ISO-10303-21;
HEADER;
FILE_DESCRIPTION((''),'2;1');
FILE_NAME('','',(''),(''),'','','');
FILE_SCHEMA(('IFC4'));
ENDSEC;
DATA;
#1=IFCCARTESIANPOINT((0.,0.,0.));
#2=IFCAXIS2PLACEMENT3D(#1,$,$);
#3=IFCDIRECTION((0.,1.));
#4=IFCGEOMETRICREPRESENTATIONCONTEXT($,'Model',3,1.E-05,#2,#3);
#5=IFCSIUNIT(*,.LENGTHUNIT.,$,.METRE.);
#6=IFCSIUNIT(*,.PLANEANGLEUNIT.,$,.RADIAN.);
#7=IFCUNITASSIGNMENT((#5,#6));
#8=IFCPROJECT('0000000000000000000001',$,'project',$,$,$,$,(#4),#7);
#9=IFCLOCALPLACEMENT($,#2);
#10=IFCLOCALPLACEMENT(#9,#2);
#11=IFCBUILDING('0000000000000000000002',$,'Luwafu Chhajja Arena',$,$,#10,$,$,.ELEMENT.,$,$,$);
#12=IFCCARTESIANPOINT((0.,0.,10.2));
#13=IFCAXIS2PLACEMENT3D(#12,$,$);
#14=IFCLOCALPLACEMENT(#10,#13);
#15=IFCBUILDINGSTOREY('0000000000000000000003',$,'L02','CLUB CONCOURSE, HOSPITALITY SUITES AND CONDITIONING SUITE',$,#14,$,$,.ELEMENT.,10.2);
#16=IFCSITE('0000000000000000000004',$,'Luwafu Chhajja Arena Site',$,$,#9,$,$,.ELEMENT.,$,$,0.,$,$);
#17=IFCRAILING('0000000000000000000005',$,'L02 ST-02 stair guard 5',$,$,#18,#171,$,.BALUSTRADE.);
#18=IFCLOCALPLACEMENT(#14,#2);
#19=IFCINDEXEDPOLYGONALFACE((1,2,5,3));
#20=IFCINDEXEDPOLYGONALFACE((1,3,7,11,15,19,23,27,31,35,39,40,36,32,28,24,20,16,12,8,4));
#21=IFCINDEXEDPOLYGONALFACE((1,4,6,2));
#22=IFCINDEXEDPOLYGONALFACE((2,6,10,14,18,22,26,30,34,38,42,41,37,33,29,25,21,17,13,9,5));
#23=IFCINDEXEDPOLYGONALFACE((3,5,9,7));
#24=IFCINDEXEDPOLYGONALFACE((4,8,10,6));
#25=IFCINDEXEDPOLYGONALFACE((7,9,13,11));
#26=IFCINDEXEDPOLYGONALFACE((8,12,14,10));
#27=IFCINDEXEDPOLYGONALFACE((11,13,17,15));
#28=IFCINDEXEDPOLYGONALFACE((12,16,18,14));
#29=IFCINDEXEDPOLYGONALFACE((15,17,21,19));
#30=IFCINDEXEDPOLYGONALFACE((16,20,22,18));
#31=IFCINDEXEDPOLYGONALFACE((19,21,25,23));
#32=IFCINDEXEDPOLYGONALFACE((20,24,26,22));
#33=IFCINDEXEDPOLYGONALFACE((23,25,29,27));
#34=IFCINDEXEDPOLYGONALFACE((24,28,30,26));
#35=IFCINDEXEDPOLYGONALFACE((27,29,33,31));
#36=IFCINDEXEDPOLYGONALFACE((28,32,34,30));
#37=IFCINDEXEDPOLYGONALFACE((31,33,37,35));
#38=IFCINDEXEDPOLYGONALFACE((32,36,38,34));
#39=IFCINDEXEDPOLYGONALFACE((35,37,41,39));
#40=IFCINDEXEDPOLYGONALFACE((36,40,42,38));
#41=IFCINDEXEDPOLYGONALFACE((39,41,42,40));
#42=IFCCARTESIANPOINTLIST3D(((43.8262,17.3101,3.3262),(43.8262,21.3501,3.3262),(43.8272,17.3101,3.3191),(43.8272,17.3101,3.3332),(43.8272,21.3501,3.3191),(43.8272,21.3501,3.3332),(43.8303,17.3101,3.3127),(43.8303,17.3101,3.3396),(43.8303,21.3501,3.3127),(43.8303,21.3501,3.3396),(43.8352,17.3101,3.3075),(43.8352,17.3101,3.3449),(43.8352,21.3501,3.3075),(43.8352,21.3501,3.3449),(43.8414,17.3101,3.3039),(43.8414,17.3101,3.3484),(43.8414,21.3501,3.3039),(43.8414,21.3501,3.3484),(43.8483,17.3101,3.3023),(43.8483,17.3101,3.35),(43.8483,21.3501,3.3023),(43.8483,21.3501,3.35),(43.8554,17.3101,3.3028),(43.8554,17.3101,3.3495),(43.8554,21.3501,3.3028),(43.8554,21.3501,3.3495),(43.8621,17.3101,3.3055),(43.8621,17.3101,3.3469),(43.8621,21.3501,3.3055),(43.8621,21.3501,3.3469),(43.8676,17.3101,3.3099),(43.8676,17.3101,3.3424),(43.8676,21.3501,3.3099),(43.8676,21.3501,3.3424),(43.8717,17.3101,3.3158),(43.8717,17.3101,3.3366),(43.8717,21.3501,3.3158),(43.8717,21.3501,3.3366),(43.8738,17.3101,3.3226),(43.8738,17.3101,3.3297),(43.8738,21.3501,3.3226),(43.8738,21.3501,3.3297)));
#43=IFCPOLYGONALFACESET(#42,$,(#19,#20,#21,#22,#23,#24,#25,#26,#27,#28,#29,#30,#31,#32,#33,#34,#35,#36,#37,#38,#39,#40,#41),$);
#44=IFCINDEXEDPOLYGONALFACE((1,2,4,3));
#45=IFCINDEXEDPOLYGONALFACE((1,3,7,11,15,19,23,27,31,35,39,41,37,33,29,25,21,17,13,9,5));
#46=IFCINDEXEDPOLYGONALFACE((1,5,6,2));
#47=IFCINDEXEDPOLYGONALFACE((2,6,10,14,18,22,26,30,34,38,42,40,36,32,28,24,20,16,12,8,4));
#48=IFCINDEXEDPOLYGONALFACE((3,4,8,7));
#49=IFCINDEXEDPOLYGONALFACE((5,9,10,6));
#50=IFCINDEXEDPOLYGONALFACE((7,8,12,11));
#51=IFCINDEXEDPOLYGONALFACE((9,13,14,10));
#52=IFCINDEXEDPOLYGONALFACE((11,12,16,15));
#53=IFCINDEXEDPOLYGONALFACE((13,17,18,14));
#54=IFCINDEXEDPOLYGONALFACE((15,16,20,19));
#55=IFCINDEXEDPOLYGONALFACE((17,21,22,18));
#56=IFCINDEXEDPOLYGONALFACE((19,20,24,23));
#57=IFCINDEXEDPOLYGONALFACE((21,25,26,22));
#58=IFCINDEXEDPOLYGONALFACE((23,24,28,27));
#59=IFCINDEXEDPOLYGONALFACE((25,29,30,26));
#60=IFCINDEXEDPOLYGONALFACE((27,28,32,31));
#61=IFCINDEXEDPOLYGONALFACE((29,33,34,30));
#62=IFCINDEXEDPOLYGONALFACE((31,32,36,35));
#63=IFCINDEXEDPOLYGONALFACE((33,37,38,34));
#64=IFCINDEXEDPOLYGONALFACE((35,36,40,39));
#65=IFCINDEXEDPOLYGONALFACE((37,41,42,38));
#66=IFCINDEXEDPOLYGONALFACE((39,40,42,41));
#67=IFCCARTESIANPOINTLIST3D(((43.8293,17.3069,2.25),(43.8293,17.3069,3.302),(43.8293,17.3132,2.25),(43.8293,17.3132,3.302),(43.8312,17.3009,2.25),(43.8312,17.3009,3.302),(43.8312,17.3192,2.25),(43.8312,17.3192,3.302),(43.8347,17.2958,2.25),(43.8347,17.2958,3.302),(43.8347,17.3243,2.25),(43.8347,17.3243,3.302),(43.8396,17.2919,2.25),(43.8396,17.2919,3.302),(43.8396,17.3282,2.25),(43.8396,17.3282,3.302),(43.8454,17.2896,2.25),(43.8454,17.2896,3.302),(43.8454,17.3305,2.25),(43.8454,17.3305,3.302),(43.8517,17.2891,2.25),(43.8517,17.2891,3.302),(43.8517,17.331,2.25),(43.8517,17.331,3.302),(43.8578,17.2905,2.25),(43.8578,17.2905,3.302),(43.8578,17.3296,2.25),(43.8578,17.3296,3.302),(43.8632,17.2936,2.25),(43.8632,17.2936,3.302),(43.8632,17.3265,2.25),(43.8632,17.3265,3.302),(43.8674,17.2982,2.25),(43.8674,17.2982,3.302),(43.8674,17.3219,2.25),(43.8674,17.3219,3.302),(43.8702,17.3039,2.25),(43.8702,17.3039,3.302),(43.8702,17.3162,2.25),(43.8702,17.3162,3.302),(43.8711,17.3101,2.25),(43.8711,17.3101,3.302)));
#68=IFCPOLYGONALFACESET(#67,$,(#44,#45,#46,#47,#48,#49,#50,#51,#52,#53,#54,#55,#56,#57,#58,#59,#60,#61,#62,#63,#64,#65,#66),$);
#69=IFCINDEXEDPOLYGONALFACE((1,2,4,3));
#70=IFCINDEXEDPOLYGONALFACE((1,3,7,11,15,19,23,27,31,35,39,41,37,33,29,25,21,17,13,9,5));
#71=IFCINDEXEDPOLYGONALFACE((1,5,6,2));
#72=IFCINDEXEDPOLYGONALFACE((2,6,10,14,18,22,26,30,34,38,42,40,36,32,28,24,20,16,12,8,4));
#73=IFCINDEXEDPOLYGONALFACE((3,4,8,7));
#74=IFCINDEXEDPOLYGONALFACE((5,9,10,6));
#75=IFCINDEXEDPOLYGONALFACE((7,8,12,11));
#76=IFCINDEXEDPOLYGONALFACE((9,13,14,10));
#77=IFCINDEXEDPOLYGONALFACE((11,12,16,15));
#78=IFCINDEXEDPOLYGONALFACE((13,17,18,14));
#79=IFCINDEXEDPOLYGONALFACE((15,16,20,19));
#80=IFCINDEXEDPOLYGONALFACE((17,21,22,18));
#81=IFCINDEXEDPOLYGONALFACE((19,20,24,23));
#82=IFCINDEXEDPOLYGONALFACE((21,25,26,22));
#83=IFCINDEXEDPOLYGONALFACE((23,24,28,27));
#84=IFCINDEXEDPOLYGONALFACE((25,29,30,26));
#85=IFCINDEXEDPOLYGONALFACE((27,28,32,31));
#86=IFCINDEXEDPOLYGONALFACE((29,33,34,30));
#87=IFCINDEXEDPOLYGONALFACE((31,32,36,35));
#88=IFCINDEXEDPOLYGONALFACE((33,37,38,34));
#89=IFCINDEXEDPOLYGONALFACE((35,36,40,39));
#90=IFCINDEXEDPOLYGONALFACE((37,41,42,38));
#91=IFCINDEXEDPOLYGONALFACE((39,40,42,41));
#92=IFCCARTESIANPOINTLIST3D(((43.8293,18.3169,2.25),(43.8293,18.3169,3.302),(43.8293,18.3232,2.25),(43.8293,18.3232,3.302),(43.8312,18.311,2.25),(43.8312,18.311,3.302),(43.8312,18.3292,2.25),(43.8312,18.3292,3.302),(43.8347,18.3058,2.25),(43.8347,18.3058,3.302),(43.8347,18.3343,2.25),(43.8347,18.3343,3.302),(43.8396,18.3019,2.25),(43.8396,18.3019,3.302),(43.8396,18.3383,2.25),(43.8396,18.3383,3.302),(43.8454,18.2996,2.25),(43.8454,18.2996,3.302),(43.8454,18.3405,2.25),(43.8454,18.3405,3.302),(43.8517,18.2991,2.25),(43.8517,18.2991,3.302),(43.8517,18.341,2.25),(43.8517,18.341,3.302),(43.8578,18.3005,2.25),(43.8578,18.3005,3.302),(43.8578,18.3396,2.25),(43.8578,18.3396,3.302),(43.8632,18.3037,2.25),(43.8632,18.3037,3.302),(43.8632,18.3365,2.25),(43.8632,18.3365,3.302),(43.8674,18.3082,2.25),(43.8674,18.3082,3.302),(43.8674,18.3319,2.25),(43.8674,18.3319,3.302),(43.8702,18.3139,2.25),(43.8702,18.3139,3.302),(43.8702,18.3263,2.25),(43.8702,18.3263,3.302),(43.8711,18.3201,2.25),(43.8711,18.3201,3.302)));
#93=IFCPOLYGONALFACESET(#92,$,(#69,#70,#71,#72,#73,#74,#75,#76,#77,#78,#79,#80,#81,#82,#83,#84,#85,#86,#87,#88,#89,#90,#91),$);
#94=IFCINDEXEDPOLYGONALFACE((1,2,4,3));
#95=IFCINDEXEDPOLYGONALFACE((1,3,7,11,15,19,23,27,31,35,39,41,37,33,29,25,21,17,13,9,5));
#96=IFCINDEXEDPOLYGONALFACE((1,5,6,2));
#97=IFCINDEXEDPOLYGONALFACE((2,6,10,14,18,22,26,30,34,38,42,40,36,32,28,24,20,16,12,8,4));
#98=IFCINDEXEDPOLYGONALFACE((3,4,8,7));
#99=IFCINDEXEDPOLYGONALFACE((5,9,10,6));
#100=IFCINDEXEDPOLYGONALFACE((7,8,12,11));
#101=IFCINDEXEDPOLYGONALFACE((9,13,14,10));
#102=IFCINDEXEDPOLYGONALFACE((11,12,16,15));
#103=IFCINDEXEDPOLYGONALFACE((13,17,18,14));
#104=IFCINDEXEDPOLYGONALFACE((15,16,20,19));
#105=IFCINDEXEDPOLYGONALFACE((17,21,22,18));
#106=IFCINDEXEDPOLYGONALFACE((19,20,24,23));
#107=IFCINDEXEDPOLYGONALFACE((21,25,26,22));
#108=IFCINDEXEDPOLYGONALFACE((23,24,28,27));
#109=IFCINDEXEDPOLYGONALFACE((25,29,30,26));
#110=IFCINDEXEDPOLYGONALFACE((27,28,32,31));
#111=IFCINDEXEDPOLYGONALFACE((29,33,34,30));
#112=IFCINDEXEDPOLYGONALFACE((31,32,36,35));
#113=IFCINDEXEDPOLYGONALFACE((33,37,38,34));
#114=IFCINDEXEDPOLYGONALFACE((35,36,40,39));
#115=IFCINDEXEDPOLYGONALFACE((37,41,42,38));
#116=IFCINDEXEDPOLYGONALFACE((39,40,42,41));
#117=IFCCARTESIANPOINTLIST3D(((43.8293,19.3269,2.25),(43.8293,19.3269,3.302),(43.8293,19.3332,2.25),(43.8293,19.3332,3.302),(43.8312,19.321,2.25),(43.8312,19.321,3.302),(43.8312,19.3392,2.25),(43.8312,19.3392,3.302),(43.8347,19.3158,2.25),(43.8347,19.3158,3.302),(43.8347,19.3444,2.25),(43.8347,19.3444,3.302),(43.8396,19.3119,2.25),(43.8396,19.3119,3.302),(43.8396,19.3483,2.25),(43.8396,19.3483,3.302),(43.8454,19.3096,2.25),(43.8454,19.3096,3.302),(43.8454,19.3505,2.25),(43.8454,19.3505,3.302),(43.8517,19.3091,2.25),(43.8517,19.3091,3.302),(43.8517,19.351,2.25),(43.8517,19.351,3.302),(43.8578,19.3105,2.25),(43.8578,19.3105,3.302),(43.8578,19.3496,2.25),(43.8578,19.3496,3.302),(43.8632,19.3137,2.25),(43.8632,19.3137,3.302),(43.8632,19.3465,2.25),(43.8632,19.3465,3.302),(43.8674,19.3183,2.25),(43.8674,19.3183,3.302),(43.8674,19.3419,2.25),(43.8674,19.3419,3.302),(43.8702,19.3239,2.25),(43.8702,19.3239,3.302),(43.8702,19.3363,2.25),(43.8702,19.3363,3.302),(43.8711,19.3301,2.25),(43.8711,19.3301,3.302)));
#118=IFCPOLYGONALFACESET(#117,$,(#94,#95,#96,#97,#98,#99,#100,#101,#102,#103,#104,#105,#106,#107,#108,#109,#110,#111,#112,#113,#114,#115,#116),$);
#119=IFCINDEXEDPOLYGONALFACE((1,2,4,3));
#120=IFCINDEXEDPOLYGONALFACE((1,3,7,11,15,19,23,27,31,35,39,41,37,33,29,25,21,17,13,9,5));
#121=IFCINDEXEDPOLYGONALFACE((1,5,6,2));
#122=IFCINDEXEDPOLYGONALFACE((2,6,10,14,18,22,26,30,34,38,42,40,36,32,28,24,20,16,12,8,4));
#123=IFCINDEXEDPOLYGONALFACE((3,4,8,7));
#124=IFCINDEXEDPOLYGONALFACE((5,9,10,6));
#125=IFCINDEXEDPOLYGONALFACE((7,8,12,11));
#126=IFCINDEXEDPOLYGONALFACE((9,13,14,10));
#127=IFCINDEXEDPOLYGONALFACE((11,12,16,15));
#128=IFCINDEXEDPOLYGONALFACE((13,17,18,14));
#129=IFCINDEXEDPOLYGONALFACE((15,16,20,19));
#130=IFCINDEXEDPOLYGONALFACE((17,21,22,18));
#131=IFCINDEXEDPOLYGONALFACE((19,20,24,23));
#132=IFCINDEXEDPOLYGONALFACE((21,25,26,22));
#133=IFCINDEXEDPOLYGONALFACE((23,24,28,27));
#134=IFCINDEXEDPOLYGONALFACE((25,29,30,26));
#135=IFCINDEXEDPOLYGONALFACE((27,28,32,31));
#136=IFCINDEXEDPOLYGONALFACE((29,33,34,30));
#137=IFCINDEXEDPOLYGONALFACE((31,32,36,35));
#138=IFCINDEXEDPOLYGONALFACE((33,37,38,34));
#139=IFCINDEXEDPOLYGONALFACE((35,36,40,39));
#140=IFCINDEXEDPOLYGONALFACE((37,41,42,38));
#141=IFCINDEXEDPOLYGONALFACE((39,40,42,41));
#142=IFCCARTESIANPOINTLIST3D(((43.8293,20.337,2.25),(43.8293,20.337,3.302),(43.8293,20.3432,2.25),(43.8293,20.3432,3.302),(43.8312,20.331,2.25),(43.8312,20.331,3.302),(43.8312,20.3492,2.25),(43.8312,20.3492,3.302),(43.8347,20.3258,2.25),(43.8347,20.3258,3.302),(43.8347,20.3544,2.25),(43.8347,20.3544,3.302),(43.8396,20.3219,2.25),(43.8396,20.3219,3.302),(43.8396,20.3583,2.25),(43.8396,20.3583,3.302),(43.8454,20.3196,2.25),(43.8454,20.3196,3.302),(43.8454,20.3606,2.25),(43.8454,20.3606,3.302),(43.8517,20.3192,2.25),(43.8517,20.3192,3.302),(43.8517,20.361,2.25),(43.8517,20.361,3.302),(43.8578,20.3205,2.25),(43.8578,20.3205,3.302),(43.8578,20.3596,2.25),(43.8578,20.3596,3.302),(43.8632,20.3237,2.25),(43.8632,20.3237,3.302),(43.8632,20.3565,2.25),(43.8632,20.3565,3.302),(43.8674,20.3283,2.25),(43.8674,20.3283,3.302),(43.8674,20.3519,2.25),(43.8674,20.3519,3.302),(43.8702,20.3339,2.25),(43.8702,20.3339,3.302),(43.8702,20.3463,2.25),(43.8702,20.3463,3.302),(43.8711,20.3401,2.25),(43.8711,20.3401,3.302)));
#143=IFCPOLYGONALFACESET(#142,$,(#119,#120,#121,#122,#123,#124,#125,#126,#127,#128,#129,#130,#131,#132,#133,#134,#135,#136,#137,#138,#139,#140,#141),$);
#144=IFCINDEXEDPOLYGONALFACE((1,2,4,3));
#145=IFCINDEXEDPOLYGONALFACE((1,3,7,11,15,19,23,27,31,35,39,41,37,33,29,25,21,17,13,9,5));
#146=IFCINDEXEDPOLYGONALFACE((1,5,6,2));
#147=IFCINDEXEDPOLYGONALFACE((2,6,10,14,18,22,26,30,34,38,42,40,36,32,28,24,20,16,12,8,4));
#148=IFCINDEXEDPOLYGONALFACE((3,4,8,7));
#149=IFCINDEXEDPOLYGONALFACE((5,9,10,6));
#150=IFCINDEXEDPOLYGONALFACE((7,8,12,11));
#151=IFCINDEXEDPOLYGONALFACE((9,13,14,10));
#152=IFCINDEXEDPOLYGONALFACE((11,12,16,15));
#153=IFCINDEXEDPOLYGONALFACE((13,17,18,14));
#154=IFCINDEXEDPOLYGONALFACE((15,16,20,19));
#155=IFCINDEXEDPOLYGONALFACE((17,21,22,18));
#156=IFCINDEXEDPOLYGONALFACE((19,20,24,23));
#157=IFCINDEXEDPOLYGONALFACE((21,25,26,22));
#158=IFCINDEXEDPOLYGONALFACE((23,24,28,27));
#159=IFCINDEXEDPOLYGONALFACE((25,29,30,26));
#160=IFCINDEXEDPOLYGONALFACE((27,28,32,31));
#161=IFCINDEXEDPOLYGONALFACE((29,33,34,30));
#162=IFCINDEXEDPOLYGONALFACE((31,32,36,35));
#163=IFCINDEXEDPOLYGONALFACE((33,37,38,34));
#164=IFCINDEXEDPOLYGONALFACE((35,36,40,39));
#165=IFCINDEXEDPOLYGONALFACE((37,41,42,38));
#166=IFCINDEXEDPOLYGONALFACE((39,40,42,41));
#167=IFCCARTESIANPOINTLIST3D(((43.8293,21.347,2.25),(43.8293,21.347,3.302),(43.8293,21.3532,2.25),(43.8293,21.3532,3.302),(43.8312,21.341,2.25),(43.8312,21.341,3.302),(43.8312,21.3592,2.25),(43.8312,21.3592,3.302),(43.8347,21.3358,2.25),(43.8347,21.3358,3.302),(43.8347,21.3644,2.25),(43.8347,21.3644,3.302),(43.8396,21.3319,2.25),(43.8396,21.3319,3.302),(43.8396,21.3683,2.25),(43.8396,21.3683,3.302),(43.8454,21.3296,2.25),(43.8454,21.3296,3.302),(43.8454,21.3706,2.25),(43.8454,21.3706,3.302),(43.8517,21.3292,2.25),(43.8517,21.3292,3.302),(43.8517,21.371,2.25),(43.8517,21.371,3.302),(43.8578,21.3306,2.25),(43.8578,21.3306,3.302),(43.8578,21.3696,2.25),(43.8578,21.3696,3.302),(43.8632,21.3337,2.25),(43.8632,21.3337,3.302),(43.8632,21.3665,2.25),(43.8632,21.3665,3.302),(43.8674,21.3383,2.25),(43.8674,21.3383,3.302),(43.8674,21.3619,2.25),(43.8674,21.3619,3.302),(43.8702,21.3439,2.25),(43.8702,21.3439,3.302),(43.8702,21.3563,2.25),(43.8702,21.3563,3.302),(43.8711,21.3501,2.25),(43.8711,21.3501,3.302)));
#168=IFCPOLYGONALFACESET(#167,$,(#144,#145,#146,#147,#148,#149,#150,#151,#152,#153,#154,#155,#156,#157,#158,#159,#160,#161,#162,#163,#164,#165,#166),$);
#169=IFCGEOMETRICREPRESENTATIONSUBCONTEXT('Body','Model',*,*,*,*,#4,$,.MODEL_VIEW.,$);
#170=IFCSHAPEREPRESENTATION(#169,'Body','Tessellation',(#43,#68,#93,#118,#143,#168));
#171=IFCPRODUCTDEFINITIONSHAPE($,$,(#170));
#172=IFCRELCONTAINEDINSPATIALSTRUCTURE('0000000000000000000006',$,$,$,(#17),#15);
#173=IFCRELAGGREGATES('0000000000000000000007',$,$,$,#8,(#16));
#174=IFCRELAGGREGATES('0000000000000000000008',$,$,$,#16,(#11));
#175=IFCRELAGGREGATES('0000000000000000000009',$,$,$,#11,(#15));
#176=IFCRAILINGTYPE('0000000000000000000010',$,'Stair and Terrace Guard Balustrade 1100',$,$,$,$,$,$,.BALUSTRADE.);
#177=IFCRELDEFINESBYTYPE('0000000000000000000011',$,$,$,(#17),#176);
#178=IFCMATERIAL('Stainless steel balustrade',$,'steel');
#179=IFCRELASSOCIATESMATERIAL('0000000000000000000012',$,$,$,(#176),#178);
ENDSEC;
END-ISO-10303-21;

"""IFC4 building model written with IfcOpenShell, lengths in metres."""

from ifc_helpers import new_model, si_unit, direction, frame, origin, origin_2d, place, context, subcontext, project, spatial, circle, extrude, material, type_object, element, save


model = new_model("IFC4")

# Units and contexts
model_context = context("Model", 3, precision=1e-05, world=origin(), true_north=direction((0.0, 1.0)))
body_context = subcontext(model_context, "Body", "Model", "MODEL_VIEW")
ifc_project = project(units=[si_unit("LENGTHUNIT", "METRE"), si_unit("PLANEANGLEUNIT", "RADIAN")], contexts=[model_context])

# Site, building, storey
site_placement = place(None, origin())
site = spatial("IfcSite", under=ifc_project, at=site_placement, Name="Luwafu Chhajja Arena Site", CompositionType="ELEMENT", RefElevation=0.0)
building_placement = place(site_placement, origin())
building = spatial("IfcBuilding", under=site, at=building_placement, Name="Luwafu Chhajja Arena", CompositionType="ELEMENT")
storey_placement = place(building_placement, frame((0.0, 0.0, 10.2)))
storey = spatial("IfcBuildingStorey", under=building, at=storey_placement, Name="L02", Description="CLUB CONCOURSE, HOSPITALITY SUITES AND CONDITIONING SUITE", CompositionType="ELEMENT", Elevation=10.2)

# Railing
ifc_material_1 = material(Name="Stainless steel balustrade", Category="steel")
railing_type_1 = type_object("IfcRailingType", Name="Stair and Terrace Guard Balustrade 1100", PredefinedType="BALUSTRADE", material=ifc_material_1)
railing_1_placement = place(storey_placement, frame((43.8501, 17.3101, 2.25)))
element("IfcRailing", 1, at=railing_1_placement, inside=storey, type_object=railing_type_1, Name="L02 ST-02 stair guard 5", PredefinedType="BALUSTRADE", context=body_context, shape_type="SweptSolid", body=[
    extrude(circle(Radius=0.0239, at=origin_2d()), frame((0.0, 0.0, 1.0762), z_axis=(0.0, 1.0, 0.0), x_axis=(-1.0, 0.0, 0.0)), (0.0, 0.0, 1.0), 4.04),
    extrude(circle(Radius=0.021, at=origin_2d()), origin(), (0.0, 0.0, 1.0), 1.052),
    extrude(circle(Radius=0.021, at=origin_2d()), frame((0.0, 1.01, 0.0)), (0.0, 0.0, 1.0), 1.052),
    extrude(circle(Radius=0.021, at=origin_2d()), frame((0.0, 2.02, 0.0)), (0.0, 0.0, 1.0), 1.052),
    extrude(circle(Radius=0.021, at=origin_2d()), frame((0.0, 3.03, 0.0)), (0.0, 0.0, 1.0), 1.052),
    extrude(circle(Radius=0.021, at=origin_2d()), frame((0.0, 4.04, 0.0)), (0.0, 0.0, 1.0), 1.052),
])

save(model, "model.ifc")
